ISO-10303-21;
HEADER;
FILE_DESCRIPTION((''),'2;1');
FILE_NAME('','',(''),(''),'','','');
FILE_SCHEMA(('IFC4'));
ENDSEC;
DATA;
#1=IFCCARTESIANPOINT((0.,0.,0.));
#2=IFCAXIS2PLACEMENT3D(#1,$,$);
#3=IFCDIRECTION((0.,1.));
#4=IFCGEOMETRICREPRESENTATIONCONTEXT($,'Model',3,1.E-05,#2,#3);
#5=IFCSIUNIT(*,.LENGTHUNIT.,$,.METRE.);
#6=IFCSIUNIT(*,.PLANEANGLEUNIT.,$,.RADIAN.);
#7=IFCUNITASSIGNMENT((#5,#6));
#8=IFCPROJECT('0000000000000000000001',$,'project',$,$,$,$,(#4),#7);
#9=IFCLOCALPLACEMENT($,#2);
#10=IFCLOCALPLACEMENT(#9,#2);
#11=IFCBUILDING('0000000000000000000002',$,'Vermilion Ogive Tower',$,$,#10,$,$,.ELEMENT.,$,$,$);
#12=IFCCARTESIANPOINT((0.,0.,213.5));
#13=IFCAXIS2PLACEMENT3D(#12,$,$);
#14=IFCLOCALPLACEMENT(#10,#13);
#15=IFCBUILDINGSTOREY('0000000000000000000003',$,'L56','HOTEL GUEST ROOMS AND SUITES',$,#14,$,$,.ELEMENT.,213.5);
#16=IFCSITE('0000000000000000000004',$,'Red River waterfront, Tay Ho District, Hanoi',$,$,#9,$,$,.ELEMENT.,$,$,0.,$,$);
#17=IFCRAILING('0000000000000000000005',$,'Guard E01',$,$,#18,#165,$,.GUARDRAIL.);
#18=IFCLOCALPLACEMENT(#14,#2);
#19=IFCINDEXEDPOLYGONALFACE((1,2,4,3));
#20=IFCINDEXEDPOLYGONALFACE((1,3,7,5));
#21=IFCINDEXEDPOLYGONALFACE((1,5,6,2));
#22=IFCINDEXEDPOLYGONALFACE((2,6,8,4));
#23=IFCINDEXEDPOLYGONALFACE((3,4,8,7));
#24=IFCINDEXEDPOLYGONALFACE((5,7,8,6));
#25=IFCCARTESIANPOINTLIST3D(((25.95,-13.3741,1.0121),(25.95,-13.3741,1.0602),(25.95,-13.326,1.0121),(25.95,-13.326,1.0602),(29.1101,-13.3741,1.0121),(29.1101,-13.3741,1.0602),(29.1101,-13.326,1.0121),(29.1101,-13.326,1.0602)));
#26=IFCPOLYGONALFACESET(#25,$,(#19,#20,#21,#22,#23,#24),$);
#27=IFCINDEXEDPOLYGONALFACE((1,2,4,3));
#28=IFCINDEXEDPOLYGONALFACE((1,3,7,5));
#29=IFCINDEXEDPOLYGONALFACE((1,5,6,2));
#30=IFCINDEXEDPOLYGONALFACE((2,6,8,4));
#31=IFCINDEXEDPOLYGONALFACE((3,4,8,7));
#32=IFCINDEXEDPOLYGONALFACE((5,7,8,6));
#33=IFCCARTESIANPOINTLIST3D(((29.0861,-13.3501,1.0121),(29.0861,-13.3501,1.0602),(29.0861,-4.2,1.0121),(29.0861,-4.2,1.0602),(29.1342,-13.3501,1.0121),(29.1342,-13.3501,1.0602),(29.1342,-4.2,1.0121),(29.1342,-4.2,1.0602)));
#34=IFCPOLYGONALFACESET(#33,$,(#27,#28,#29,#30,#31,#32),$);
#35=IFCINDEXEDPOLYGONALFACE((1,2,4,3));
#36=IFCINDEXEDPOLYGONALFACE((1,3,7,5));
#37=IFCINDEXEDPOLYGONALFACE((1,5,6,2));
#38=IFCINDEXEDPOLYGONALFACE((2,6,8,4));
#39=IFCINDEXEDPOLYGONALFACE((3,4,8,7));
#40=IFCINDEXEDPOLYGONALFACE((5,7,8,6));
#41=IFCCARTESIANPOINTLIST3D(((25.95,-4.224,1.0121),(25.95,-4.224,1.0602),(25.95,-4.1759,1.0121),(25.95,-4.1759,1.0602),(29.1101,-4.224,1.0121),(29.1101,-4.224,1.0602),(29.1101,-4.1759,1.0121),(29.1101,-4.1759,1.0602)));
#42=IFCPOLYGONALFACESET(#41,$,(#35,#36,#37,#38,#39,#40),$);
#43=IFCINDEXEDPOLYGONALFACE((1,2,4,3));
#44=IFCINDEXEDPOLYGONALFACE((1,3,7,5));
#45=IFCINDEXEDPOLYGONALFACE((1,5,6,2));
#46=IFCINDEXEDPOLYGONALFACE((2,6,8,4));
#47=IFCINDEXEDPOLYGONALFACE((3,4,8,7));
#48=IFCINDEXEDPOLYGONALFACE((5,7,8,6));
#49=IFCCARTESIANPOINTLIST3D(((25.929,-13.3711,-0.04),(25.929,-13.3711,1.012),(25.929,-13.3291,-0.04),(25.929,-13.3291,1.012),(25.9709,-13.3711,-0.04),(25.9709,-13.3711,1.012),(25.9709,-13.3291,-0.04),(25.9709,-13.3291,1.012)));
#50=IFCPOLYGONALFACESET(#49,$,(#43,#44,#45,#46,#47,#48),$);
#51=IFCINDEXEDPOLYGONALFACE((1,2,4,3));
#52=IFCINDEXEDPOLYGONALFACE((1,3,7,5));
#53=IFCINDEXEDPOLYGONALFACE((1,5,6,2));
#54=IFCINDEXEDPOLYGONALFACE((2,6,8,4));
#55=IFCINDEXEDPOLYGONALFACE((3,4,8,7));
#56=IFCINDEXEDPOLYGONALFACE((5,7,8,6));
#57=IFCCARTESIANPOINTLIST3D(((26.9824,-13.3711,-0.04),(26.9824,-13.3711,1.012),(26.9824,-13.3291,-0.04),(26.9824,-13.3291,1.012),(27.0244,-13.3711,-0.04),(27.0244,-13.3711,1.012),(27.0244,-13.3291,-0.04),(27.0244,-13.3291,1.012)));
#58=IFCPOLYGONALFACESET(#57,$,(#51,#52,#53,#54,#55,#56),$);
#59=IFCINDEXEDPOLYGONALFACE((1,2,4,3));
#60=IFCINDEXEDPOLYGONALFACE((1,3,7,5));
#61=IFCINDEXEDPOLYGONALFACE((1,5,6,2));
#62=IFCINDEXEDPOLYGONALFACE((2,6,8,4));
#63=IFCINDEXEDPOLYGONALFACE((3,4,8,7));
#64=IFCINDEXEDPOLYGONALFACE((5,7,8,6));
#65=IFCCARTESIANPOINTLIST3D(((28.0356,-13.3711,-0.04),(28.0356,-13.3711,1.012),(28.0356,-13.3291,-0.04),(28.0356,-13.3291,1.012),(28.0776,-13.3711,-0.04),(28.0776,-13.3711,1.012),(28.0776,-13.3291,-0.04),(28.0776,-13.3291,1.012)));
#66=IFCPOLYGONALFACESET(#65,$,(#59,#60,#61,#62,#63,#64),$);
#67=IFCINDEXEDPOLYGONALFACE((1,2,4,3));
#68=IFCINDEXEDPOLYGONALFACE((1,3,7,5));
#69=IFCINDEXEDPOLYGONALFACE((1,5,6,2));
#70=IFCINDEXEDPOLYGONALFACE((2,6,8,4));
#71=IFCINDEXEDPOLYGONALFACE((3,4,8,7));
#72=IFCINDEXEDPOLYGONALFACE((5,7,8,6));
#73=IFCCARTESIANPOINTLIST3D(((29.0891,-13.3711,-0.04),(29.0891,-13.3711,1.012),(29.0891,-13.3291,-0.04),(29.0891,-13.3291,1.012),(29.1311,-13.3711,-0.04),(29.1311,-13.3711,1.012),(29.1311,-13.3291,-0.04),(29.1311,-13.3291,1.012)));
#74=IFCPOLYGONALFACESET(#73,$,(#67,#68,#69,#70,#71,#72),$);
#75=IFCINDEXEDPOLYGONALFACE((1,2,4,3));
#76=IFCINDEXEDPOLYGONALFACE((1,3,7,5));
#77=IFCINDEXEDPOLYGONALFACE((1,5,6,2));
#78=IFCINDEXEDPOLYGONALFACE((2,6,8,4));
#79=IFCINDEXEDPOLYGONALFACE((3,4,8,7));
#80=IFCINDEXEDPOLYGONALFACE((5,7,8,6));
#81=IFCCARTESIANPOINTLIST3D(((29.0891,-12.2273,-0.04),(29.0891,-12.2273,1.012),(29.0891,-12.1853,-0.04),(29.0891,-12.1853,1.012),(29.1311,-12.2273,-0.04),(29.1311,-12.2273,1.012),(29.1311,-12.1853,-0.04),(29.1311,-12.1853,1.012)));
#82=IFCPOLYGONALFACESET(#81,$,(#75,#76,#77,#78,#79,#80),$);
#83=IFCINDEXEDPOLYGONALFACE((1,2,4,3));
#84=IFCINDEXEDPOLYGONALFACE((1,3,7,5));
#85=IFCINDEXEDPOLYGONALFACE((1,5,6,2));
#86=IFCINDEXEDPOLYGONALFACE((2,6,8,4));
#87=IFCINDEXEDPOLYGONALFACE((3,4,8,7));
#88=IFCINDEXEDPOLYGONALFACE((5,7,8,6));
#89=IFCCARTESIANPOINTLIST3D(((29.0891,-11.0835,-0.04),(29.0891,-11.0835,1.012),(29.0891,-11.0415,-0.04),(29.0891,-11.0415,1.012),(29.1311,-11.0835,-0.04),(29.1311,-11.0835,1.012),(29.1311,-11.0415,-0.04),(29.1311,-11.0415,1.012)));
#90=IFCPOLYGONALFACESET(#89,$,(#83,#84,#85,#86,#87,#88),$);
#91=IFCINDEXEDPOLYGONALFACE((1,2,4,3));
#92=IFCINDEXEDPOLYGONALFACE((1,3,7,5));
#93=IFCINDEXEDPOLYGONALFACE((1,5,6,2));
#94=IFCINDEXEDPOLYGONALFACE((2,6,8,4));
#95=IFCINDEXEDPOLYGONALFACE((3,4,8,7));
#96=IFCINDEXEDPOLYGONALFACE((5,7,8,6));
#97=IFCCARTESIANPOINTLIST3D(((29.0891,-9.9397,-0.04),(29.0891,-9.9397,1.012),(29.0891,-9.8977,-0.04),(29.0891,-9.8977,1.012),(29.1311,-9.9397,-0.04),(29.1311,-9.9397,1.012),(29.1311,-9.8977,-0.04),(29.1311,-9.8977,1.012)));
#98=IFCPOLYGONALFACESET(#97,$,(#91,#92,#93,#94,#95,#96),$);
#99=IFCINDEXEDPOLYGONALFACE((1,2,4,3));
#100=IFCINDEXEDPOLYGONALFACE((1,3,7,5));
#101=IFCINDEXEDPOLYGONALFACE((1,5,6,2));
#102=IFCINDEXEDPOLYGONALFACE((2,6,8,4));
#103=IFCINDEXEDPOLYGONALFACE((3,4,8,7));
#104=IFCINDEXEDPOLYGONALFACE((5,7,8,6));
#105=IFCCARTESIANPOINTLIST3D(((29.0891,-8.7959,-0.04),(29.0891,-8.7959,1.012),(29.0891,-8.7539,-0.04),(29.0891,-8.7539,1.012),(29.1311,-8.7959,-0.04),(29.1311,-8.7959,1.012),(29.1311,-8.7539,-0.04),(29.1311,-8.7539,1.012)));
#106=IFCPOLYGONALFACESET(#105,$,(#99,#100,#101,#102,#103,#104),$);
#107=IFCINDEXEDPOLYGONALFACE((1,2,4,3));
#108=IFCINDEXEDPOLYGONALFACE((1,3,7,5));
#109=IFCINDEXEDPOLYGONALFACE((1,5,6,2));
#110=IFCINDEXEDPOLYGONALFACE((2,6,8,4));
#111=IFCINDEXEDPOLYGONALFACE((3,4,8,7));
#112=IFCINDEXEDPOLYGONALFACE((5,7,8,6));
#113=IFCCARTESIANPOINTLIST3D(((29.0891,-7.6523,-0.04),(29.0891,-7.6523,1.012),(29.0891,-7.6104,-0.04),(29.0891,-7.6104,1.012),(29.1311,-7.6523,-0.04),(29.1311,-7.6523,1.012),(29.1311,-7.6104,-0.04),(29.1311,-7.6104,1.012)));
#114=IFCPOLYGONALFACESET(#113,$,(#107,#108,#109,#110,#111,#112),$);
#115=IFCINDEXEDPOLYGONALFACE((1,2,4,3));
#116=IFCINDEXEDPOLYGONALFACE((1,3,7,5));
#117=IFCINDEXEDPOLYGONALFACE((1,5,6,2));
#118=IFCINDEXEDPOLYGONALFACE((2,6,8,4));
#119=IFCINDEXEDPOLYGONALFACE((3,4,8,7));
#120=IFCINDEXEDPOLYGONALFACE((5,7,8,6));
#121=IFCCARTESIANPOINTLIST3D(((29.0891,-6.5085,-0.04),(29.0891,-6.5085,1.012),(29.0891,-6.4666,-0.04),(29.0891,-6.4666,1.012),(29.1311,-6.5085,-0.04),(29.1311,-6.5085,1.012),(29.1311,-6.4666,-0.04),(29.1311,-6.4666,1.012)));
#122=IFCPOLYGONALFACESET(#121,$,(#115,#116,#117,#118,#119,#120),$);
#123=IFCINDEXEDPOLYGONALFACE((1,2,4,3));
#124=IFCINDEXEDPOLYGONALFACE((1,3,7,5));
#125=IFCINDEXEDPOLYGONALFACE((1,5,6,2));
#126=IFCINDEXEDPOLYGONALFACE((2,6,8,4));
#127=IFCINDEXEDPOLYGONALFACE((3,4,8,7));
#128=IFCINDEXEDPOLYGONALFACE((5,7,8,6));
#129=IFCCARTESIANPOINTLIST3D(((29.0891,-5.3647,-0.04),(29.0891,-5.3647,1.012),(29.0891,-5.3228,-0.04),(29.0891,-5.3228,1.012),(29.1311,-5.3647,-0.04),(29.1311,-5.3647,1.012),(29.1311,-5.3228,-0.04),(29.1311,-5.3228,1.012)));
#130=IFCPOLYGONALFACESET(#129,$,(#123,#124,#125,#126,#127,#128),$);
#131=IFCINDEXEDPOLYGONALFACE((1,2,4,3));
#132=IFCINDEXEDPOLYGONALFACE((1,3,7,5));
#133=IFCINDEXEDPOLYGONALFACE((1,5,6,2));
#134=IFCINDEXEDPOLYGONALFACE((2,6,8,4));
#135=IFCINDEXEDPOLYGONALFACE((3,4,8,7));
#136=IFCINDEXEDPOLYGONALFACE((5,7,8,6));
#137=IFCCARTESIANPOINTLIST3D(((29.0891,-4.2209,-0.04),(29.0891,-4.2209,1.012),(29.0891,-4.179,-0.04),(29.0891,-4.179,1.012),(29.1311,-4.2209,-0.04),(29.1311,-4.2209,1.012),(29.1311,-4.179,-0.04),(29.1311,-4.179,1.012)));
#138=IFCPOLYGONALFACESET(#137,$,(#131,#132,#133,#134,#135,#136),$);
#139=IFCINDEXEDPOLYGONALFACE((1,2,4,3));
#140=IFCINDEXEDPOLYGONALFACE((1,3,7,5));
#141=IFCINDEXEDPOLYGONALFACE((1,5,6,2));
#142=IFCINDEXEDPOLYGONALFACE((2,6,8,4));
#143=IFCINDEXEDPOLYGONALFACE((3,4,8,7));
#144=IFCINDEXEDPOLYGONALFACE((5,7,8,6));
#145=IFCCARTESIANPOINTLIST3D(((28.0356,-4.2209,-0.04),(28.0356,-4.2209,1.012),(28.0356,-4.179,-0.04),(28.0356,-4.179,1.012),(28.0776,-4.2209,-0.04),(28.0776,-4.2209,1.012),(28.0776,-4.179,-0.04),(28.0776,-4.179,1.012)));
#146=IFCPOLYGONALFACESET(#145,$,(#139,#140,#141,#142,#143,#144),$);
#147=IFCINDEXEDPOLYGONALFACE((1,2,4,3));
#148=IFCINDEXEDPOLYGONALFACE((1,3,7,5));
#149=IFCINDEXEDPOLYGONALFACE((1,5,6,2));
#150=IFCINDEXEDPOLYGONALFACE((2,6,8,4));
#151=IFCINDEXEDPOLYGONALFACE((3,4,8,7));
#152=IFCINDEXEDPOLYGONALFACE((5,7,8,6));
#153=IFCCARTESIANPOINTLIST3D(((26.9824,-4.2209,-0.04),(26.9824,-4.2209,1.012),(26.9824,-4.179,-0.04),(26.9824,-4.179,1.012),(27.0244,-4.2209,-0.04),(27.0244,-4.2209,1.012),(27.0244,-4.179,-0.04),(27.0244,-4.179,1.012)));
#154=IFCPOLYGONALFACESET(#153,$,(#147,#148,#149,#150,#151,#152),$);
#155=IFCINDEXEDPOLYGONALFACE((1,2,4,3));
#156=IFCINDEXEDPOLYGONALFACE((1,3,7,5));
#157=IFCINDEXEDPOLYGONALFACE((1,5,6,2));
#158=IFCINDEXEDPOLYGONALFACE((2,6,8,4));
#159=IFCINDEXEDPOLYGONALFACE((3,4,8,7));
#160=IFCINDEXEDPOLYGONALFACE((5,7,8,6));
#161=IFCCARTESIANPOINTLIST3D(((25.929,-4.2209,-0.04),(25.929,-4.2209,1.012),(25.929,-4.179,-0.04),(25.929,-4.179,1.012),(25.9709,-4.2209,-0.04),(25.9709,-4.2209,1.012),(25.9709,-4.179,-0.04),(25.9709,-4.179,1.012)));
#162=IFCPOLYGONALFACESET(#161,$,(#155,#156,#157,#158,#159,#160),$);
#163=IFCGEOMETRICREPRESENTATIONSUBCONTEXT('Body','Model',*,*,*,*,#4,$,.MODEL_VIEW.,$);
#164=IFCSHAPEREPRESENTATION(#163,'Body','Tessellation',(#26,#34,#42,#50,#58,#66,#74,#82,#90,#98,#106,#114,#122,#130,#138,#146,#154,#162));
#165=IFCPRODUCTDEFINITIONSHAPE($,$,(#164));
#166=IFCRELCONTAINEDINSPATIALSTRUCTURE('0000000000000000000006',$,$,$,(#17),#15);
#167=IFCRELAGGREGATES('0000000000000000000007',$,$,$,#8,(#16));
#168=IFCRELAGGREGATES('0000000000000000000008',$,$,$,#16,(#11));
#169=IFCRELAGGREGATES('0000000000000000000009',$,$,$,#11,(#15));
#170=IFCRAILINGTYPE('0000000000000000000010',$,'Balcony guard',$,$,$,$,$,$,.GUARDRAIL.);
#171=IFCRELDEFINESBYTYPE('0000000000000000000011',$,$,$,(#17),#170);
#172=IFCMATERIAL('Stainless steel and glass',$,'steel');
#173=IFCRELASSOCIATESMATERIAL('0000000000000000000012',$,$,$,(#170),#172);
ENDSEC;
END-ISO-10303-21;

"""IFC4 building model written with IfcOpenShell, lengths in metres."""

from ifc_helpers import new_model, si_unit, direction, frame, origin, origin_2d, place, context, subcontext, project, spatial, rectangle, extrude, material, type_object, element, save


model = new_model("IFC4")

# Units and contexts
model_context = context("Model", 3, precision=1e-05, world=origin(), true_north=direction((0.0, 1.0)))
body_context = subcontext(model_context, "Body", "Model", "MODEL_VIEW")
ifc_project = project(units=[si_unit("LENGTHUNIT", "METRE"), si_unit("PLANEANGLEUNIT", "RADIAN")], contexts=[model_context])

# Site, building, storey
site_placement = place(None, origin())
site = spatial("IfcSite", under=ifc_project, at=site_placement, Name="Red River waterfront, Tay Ho District, Hanoi", CompositionType="ELEMENT", RefElevation=0.0)
building_placement = place(site_placement, origin())
building = spatial("IfcBuilding", under=site, at=building_placement, Name="Vermilion Ogive Tower", CompositionType="ELEMENT")
storey_placement = place(building_placement, frame((0.0, 0.0, 213.5)))
storey = spatial("IfcBuildingStorey", under=building, at=storey_placement, Name="L56", Description="HOTEL GUEST ROOMS AND SUITES", CompositionType="ELEMENT", Elevation=213.5)

# Railing
ifc_material_1 = material(Name="Stainless steel and glass", Category="steel")
railing_type_1 = type_object("IfcRailingType", Name="Balcony guard", PredefinedType="GUARDRAIL", material=ifc_material_1)
railing_1_placement = place(storey_placement, frame((25.95, -13.3501, -0.04)))
element("IfcRailing", 1, at=railing_1_placement, inside=storey, type_object=railing_type_1, Name="Guard E01", PredefinedType="GUARDRAIL", context=body_context, shape_type="SweptSolid", body=[
    extrude(rectangle(XDim=0.0481, YDim=0.0481, at=origin_2d()), frame((0.0, 0.0, 1.0762), z_axis=(1.0, 0.0, 0.0), x_axis=(0.0, 1.0, 0.0)), (0.0, 0.0, 1.0), 3.1602),
    extrude(rectangle(XDim=0.0481, YDim=0.0481, at=origin_2d()), frame((3.1602, 0.0, 1.0762), z_axis=(0.0, 1.0, 0.0), x_axis=(-1.0, 0.0, 0.0)), (0.0, 0.0, 1.0), 9.1501),
    extrude(rectangle(XDim=0.0481, YDim=0.0481, at=origin_2d()), frame((3.1602, 9.1501, 1.0762), z_axis=(-1.0, 0.0, 0.0), x_axis=(0.0, -1.0, 0.0)), (0.0, 0.0, 1.0), 3.1602),
    extrude(rectangle(XDim=0.042, YDim=0.042, at=origin_2d()), origin(), (0.0, 0.0, 1.0), 1.052),
    extrude(rectangle(XDim=0.042, YDim=0.042, at=origin_2d()), frame((1.0535, 0.0, 0.0)), (0.0, 0.0, 1.0), 1.052),
    extrude(rectangle(XDim=0.042, YDim=0.042, at=origin_2d()), frame((2.1067, 0.0, 0.0)), (0.0, 0.0, 1.0), 1.052),
    extrude(rectangle(XDim=0.042, YDim=0.042, at=origin_2d()), frame((3.1602, 0.0, 0.0)), (0.0, 0.0, 1.0), 1.052),
    extrude(rectangle(XDim=0.042, YDim=0.042, at=origin_2d()), frame((3.1602, 1.1438, 0.0)), (0.0, 0.0, 1.0), 1.052),
    extrude(rectangle(XDim=0.042, YDim=0.042, at=origin_2d()), frame((3.1602, 2.2876, 0.0)), (0.0, 0.0, 1.0), 1.052),
    extrude(rectangle(XDim=0.042, YDim=0.042, at=origin_2d()), frame((3.1602, 3.4314, 0.0)), (0.0, 0.0, 1.0), 1.052),
    extrude(rectangle(XDim=0.042, YDim=0.042, at=origin_2d()), frame((3.1602, 4.5752, 0.0)), (0.0, 0.0, 1.0), 1.052),
    extrude(rectangle(XDim=0.042, YDim=0.042, at=origin_2d()), frame((3.1602, 5.7188, 0.0)), (0.0, 0.0, 1.0), 1.052),
    extrude(rectangle(XDim=0.042, YDim=0.042, at=origin_2d()), frame((3.1602, 6.8625, 0.0)), (0.0, 0.0, 1.0), 1.052),
    extrude(rectangle(XDim=0.042, YDim=0.042, at=origin_2d()), frame((3.1602, 8.0063, 0.0)), (0.0, 0.0, 1.0), 1.052),
    extrude(rectangle(XDim=0.042, YDim=0.042, at=origin_2d()), frame((3.1602, 9.1501, 0.0)), (0.0, 0.0, 1.0), 1.052),
    extrude(rectangle(XDim=0.042, YDim=0.042, at=origin_2d()), frame((2.1067, 9.1501, 0.0)), (0.0, 0.0, 1.0), 1.052),
    extrude(rectangle(XDim=0.042, YDim=0.042, at=origin_2d()), frame((1.0535, 9.1501, 0.0)), (0.0, 0.0, 1.0), 1.052),
    extrude(rectangle(XDim=0.042, YDim=0.042, at=origin_2d()), frame((0.0, 9.1501, 0.0)), (0.0, 0.0, 1.0), 1.052),
])

save(model, "model.ifc")
